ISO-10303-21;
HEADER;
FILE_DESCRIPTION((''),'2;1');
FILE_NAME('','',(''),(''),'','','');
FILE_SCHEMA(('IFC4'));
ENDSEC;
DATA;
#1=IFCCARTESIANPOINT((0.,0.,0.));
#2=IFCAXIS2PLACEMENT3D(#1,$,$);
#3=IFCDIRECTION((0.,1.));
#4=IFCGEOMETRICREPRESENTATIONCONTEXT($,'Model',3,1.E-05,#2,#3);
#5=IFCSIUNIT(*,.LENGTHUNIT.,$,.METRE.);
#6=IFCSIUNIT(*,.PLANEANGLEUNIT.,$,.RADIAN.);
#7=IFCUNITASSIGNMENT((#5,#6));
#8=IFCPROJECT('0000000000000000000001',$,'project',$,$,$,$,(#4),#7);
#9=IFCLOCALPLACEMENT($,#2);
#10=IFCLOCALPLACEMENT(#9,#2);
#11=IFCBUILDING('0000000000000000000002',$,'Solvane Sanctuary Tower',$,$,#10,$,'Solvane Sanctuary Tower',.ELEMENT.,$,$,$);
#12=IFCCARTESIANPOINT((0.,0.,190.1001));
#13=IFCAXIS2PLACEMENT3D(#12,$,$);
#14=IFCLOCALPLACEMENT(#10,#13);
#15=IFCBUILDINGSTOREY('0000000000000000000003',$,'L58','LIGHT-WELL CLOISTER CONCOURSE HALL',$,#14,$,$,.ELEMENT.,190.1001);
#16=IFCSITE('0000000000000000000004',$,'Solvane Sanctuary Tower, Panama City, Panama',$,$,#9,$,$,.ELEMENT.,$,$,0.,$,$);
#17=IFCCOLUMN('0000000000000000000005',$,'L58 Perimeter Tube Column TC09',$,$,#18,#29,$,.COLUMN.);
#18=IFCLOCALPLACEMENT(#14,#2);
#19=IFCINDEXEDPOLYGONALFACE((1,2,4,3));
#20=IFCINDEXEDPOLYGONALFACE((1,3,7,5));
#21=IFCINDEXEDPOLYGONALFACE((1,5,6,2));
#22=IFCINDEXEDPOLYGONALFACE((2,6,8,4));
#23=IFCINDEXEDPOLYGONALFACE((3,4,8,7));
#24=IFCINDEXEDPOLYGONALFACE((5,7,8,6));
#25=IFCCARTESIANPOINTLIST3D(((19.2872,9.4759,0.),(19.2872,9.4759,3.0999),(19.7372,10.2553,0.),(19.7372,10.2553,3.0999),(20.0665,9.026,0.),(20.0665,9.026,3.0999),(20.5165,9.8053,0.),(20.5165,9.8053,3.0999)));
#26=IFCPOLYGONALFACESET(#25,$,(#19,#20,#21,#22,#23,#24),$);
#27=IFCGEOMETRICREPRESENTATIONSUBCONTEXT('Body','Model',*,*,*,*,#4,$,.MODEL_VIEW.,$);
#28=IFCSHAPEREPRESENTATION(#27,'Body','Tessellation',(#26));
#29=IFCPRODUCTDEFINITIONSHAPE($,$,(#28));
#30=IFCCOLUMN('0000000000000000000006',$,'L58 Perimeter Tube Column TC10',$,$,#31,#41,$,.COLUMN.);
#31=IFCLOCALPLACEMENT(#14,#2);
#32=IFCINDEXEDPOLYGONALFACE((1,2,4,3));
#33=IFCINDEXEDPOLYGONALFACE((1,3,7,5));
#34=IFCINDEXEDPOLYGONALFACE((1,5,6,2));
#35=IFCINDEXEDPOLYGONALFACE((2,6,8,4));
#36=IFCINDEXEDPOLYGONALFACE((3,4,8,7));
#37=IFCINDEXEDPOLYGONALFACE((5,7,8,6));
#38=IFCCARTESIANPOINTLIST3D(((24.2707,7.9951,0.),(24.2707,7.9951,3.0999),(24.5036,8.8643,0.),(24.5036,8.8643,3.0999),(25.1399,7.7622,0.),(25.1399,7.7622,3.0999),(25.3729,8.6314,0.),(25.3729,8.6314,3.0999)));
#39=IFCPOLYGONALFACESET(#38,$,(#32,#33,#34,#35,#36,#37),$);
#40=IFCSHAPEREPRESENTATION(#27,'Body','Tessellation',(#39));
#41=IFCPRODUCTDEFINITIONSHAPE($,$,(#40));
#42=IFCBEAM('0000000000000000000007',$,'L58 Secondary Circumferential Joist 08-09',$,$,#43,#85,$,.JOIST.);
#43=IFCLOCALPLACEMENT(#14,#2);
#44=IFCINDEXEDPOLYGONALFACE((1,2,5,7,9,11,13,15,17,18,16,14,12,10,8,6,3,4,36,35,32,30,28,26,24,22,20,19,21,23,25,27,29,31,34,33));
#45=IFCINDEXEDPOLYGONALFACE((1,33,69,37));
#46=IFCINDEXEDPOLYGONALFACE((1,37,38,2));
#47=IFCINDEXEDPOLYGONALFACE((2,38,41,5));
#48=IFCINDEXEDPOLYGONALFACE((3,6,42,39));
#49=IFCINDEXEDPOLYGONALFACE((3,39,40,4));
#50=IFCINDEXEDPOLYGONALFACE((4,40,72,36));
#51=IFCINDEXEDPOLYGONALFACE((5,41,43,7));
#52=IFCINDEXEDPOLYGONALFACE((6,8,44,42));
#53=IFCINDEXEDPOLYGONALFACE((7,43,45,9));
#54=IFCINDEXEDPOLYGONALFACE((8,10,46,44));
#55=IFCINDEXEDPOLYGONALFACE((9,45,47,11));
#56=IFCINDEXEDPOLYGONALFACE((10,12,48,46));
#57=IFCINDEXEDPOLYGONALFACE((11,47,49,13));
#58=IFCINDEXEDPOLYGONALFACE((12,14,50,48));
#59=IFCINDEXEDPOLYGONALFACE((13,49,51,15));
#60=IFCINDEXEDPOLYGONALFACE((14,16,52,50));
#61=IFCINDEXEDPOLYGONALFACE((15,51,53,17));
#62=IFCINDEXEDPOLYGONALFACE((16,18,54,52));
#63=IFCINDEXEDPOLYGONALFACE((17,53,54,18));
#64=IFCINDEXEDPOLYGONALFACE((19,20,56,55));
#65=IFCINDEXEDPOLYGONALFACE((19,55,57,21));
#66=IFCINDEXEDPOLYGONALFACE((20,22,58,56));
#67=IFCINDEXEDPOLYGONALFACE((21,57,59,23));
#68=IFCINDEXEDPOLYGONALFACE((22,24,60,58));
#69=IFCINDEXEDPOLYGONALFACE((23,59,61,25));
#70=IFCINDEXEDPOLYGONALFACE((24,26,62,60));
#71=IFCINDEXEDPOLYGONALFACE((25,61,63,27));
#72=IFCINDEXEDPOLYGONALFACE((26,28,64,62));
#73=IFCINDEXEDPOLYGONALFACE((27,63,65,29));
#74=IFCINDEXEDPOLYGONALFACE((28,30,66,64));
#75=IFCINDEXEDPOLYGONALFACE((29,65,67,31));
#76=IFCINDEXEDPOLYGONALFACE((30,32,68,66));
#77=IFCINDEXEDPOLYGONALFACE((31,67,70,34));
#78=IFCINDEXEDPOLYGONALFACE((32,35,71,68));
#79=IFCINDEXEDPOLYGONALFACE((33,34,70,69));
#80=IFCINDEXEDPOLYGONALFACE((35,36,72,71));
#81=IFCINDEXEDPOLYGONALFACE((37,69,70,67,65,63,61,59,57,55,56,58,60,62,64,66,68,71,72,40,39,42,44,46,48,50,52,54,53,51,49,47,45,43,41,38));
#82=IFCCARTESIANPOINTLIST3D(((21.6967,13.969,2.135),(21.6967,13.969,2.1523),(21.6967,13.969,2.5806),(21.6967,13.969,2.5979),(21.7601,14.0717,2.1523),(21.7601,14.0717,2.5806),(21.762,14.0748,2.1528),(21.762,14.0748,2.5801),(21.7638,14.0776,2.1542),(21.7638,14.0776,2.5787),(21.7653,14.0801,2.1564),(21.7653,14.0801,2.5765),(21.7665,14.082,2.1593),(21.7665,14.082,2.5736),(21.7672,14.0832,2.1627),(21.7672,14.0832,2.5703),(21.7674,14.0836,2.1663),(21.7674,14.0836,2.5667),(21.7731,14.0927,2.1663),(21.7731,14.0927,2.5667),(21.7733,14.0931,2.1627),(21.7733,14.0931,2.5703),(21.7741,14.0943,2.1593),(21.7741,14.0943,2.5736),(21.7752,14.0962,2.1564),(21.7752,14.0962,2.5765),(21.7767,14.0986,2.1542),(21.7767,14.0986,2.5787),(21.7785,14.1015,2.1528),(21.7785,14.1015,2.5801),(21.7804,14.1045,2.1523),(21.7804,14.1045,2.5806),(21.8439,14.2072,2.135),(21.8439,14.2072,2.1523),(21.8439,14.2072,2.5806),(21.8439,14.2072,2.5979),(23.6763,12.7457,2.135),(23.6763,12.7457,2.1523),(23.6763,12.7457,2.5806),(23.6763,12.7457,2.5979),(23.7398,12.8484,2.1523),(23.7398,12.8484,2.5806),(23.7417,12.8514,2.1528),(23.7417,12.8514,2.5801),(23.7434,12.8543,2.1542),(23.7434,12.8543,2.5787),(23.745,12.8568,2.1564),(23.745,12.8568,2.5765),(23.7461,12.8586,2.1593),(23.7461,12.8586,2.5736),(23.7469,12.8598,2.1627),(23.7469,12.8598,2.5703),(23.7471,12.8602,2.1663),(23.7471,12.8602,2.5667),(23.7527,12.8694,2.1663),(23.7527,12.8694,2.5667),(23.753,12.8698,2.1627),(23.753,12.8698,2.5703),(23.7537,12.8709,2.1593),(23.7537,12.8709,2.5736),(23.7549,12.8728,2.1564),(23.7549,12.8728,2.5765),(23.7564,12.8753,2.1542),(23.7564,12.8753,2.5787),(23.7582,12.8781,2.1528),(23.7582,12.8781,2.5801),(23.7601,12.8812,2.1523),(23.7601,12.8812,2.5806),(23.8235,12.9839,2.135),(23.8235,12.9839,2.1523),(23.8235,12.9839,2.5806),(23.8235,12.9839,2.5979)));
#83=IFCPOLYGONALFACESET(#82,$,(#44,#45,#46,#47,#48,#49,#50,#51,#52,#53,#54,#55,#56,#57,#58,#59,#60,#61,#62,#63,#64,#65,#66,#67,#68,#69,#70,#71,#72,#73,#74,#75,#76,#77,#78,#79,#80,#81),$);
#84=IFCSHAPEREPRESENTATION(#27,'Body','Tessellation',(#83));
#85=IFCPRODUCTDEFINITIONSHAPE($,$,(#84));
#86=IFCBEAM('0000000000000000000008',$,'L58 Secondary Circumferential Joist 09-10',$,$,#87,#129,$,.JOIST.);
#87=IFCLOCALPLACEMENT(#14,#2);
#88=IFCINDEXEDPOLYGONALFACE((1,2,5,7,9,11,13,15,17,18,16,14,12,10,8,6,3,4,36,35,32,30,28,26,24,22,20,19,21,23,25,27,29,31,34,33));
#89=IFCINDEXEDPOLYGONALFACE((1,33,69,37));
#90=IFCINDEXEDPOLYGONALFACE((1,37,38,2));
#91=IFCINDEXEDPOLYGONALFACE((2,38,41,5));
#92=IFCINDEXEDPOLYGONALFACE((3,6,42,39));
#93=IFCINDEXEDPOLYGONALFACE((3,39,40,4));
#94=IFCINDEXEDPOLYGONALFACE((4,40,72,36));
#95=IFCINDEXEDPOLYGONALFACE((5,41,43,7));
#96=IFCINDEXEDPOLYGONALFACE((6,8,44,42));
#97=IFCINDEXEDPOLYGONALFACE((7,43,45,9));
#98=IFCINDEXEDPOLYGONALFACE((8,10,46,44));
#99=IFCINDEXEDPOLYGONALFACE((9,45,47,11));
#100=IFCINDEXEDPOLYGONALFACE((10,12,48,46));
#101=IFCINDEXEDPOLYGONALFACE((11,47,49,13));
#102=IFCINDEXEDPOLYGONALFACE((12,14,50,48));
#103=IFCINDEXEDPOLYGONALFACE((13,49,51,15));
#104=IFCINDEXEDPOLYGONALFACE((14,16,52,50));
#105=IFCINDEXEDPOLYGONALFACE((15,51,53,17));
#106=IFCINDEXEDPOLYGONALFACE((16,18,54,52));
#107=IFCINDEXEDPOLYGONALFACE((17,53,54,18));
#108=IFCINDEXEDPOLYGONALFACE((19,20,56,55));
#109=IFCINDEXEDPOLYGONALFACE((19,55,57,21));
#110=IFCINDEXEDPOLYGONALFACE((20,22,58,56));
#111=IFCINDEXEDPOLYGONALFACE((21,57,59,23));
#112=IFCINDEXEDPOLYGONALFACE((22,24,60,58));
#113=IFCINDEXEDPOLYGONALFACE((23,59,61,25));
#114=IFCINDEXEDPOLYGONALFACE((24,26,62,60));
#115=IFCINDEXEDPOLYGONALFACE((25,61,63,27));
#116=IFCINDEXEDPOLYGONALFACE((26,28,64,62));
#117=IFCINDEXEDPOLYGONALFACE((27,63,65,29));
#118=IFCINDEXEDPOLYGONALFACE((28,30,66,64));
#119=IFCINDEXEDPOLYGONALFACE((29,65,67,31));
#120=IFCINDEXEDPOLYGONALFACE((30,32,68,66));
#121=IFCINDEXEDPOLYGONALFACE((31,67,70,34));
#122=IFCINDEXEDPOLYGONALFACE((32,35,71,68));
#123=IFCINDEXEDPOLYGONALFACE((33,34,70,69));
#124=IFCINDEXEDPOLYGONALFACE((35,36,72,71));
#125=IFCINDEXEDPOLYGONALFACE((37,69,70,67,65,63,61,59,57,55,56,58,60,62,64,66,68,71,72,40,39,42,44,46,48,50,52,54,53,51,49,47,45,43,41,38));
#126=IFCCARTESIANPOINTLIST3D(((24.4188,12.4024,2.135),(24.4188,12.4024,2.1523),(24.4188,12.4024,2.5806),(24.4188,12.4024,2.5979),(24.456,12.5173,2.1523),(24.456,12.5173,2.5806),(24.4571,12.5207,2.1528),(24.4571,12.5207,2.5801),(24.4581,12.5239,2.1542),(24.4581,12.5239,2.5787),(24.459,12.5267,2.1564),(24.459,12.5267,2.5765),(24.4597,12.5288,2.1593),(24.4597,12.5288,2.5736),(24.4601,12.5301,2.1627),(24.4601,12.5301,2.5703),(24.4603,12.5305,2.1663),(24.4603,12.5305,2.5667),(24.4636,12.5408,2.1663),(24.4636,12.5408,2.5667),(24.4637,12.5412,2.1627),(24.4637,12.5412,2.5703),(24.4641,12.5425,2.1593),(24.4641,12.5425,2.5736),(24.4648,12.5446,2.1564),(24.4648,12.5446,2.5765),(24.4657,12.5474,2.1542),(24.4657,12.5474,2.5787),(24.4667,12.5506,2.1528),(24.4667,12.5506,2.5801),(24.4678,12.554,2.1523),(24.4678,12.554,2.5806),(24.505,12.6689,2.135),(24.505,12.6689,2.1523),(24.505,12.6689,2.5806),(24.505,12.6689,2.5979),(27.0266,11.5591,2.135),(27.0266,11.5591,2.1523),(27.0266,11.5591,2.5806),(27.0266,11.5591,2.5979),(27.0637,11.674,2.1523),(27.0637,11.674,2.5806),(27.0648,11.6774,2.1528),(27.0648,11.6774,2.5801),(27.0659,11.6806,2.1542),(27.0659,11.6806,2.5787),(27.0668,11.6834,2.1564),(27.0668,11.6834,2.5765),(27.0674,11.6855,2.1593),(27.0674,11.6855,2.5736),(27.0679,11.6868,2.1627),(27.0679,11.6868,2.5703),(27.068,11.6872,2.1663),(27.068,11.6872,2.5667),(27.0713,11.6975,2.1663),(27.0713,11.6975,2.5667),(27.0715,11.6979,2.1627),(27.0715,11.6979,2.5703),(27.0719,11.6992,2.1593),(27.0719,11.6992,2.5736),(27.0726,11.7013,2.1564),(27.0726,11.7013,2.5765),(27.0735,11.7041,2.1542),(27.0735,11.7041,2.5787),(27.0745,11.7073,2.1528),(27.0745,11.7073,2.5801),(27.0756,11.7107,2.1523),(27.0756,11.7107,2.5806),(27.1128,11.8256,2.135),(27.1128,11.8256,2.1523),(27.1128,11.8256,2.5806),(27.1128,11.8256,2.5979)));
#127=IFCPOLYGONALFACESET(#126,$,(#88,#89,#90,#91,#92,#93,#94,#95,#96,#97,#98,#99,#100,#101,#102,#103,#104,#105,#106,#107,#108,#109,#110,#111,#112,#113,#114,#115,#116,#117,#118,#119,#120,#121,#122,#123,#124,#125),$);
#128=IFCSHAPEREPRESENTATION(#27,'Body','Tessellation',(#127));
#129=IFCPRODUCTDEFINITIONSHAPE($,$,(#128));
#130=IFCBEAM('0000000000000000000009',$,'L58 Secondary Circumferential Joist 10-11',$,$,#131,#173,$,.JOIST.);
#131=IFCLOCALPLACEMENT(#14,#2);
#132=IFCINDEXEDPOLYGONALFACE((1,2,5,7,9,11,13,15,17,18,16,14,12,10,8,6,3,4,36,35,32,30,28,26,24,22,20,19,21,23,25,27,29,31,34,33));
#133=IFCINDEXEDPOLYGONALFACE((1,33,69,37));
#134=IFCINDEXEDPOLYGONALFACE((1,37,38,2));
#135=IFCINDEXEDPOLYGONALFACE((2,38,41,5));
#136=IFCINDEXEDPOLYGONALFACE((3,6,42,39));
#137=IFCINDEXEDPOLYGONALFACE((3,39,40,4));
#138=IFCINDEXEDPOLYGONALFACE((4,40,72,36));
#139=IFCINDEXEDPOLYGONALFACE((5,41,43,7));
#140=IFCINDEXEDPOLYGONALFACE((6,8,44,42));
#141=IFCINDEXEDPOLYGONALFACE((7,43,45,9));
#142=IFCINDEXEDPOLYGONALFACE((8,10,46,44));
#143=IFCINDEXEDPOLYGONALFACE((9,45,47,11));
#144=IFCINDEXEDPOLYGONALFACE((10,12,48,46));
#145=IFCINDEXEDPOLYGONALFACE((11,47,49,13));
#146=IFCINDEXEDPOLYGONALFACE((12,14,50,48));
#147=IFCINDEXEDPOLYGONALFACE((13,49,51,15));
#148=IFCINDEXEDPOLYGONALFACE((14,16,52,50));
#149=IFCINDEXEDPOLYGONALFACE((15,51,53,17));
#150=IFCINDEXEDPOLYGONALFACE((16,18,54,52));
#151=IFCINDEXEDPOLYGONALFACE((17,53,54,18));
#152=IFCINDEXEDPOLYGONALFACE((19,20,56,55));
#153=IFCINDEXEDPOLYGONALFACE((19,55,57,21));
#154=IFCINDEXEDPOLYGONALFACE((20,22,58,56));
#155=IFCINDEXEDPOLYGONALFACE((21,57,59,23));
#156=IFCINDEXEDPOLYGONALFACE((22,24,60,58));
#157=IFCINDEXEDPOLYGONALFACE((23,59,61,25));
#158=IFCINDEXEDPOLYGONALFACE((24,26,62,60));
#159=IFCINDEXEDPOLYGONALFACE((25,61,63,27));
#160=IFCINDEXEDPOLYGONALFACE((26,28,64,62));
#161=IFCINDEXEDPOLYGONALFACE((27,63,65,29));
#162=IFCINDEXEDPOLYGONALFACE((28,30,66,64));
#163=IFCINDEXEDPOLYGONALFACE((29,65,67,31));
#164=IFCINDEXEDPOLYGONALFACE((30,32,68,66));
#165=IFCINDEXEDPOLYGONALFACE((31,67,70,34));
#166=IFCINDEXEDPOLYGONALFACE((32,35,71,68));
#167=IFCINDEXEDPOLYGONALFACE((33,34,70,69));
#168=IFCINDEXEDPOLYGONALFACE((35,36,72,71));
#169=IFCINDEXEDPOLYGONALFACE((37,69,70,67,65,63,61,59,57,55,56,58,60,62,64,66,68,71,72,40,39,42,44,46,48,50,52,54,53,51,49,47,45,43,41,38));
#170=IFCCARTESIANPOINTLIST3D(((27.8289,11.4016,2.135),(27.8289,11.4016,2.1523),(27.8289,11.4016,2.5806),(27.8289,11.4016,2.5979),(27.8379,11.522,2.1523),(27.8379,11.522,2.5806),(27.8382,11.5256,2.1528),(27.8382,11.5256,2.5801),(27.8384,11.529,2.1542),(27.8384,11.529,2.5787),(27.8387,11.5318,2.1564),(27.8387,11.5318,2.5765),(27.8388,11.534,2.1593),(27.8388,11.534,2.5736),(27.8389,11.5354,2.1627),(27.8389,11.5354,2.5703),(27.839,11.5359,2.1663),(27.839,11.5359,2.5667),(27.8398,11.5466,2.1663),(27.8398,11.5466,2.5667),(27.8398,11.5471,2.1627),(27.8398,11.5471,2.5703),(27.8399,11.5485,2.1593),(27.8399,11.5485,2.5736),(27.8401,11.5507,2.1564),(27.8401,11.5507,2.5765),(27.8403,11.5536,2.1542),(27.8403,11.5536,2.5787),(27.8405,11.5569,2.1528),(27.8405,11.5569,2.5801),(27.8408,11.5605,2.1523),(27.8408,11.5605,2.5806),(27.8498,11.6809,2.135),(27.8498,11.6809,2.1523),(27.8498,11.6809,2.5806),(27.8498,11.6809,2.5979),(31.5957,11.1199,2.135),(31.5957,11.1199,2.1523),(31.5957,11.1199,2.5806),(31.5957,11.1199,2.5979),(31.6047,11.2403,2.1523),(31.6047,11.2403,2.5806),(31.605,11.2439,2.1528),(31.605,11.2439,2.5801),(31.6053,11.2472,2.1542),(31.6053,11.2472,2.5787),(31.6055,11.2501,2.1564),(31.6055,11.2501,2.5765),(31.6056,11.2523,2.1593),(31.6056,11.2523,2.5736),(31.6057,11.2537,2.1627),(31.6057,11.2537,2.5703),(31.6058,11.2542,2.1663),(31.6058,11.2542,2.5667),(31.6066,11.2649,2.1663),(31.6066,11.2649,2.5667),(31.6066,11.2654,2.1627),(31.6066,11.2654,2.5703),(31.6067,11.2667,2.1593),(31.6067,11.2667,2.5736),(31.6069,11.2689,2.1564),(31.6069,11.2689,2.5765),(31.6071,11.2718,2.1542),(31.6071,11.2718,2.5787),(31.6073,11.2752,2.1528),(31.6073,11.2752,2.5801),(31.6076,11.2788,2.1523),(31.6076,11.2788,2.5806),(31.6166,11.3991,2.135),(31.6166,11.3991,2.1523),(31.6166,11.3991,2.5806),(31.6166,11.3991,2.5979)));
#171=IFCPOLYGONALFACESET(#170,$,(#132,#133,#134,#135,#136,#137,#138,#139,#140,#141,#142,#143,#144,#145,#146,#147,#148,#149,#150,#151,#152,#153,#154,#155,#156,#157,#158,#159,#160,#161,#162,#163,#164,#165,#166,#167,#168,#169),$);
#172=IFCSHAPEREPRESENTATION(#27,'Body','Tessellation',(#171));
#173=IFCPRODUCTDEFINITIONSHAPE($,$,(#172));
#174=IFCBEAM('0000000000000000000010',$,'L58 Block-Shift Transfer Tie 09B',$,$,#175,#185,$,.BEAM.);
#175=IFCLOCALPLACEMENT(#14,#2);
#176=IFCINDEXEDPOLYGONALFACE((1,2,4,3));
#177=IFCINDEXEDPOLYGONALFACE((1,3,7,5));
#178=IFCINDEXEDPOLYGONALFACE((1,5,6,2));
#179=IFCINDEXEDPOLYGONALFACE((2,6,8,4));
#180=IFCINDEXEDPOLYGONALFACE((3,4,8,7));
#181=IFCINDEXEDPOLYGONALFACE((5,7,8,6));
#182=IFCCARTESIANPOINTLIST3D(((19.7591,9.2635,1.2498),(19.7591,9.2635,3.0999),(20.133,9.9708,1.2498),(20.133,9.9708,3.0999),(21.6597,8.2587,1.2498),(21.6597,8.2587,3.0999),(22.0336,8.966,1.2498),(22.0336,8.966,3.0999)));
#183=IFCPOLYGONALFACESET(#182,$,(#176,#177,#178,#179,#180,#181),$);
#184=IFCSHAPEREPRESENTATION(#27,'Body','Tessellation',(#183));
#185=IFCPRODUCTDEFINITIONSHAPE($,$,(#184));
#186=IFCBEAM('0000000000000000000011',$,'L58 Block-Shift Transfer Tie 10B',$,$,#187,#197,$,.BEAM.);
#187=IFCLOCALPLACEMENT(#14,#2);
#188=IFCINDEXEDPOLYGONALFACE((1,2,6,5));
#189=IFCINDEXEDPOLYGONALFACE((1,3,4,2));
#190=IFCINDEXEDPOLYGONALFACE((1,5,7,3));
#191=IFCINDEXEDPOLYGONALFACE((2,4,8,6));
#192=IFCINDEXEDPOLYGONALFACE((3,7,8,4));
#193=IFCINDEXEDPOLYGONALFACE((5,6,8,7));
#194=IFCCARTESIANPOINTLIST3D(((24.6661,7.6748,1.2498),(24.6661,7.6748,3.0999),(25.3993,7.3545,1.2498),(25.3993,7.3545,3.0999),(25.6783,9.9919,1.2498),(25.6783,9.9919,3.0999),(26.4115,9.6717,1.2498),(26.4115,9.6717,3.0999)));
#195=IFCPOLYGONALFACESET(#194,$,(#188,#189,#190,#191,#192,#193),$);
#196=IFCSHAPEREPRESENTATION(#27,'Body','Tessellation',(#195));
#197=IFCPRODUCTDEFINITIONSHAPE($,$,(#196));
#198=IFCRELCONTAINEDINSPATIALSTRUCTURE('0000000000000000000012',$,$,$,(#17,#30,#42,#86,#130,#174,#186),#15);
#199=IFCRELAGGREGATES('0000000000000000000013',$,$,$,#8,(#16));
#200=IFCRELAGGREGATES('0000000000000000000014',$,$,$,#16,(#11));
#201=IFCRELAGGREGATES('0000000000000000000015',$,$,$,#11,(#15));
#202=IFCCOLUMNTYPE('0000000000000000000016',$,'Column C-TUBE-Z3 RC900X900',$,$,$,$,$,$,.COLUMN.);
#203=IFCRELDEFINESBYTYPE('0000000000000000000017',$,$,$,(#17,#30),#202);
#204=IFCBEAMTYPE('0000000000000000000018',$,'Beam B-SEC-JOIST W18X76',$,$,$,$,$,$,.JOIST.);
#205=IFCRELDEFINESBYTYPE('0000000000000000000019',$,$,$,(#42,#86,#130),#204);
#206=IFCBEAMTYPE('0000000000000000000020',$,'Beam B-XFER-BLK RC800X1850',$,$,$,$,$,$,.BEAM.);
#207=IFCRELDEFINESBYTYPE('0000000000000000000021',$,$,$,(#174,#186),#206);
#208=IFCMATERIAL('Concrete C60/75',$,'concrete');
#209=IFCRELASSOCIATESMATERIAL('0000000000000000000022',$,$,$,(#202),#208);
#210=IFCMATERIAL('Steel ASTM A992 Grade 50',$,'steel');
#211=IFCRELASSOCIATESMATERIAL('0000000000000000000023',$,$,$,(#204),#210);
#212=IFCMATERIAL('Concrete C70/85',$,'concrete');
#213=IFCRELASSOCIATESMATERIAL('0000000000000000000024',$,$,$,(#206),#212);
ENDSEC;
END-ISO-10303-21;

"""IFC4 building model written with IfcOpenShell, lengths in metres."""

from ifc_helpers import new_model, si_unit, direction, frame, origin, origin_2d, place, context, subcontext, project, spatial, rectangle, i_section, extrude, material, material_profile, profile_set, type_object, element, save


model = new_model("IFC4")

# Units and contexts
model_context = context("Model", 3, precision=1e-05, world=origin(), true_north=direction((0.0, 1.0)))
body_context = subcontext(model_context, "Body", "Model", "MODEL_VIEW")
ifc_project = project(units=[si_unit("LENGTHUNIT", "METRE"), si_unit("PLANEANGLEUNIT", "RADIAN")], contexts=[model_context])

# Site, building, storey
site_placement = place(None, origin())
site = spatial("IfcSite", under=ifc_project, at=site_placement, Name="Solvane Sanctuary Tower, Panama City, Panama", CompositionType="ELEMENT", RefElevation=0.0)
building_placement = place(site_placement, origin())
building = spatial("IfcBuilding", under=site, at=building_placement, Name="Solvane Sanctuary Tower", LongName="Solvane Sanctuary Tower", CompositionType="ELEMENT")
storey_placement = place(building_placement, frame((0.0, 0.0, 190.1001)))
storey = spatial("IfcBuildingStorey", under=building, at=storey_placement, Name="L58", Description="LIGHT-WELL CLOISTER CONCOURSE HALL", CompositionType="ELEMENT", Elevation=190.1001)

# Columns
ifc_material_1 = material(Name="Concrete C60/75", Category="concrete")
ifc_material_profile_1 = material_profile(ifc_material_1, rectangle(XDim=0.8999, YDim=0.8999, at=origin_2d()), Name="RC900X900")
ifc_profile_set_1 = profile_set([ifc_material_profile_1], Name="Concrete C60/75")
column_type = type_object("IfcColumnType", Name="Column C-TUBE-Z3 RC900X900", PredefinedType="COLUMN", material=ifc_profile_set_1)
for number, where, z_axis, x_axis, name in (
    (1, (19.9019, 9.6406, 0.0), (0.0, 0.0, 1.0), (-0.5, -0.866025, 0.0), "L58 Perimeter Tube Column TC09"),
    (2, (24.8218, 8.3132, 0.0), (0.0, 0.0, 1.0), (-0.258819, -0.965926, 0.0), "L58 Perimeter Tube Column TC10"),
):
    element("IfcColumn", number, at=place(storey_placement, frame(where, z_axis=z_axis, x_axis=x_axis)), inside=storey, type_object=column_type, Name=name, PredefinedType="COLUMN", context=body_context, shape_type="SweptSolid", body=[
        extrude(rectangle(XDim=0.8999, YDim=0.8999, at=origin_2d()), origin(), (0.0, 0.0, 1.0), 3.0999),
    ])

# Beams
ifc_material_2 = material(Name="Steel ASTM A992 Grade 50", Category="steel")
ifc_material_profile_2 = material_profile(ifc_material_2, i_section(OverallWidth=0.28, OverallDepth=0.4629, WebThickness=0.0107, FlangeThickness=0.0173, FilletRadius=0.0139, at=origin_2d()), Name="W18X76")
ifc_profile_set_2 = profile_set([ifc_material_profile_2], Name="Steel ASTM A992 Grade 50")
beam_type_1 = type_object("IfcBeamType", Name="Beam B-SEC-JOIST W18X76", PredefinedType="JOIST", material=ifc_profile_set_2)
beam_1_placement = place(storey_placement, frame((21.7703, 14.0881, 2.3665), z_axis=(0.850681, -0.525683, 0.0), x_axis=(0.525683, 0.850681, 0.0)))
element("IfcBeam", 3, at=beam_1_placement, inside=storey, type_object=beam_type_1, Name="L58 Secondary Circumferential Joist 08-09", PredefinedType="JOIST", context=body_context, shape_type="SweptSolid", body=[
    extrude(i_section(OverallWidth=0.28, OverallDepth=0.4629, WebThickness=0.0107, FlangeThickness=0.0173, FilletRadius=0.0139, at=origin_2d()), origin(), (0.0, 0.0, 1.0), 2.3271),
])
beam_2_placement = place(storey_placement, frame((24.4619, 12.5356, 2.3665), z_axis=(0.951487, -0.30769, 0.0), x_axis=(0.30769, 0.951487, 0.0)))
element("IfcBeam", 4, at=beam_2_placement, inside=storey, type_object=beam_type_1, Name="L58 Secondary Circumferential Joist 09-10", PredefinedType="JOIST", context=body_context, shape_type="SweptSolid", body=[
    extrude(i_section(OverallWidth=0.28, OverallDepth=0.4629, WebThickness=0.0107, FlangeThickness=0.0173, FilletRadius=0.0139, at=origin_2d()), origin(), (0.0, 0.0, 1.0), 2.7407),
])
beam_3_placement = place(storey_placement, frame((27.8394, 11.5413, 2.3665), z_axis=(0.997215, -0.074586, 0.0), x_axis=(0.074586, 0.997215, 0.0)))
element("IfcBeam", 5, at=beam_3_placement, inside=storey, type_object=beam_type_1, Name="L58 Secondary Circumferential Joist 10-11", PredefinedType="JOIST", context=body_context, shape_type="SweptSolid", body=[
    extrude(i_section(OverallWidth=0.28, OverallDepth=0.4629, WebThickness=0.0107, FlangeThickness=0.0173, FilletRadius=0.0139, at=origin_2d()), origin(), (0.0, 0.0, 1.0), 3.7773),
])
ifc_material_3 = material(Name="Concrete C70/85", Category="concrete")
ifc_material_profile_3 = material_profile(ifc_material_3, rectangle(XDim=0.8, YDim=1.8501, at=origin_2d()), Name="RC800X1850")
ifc_profile_set_3 = profile_set([ifc_material_profile_3], Name="Concrete C70/85")
beam_type_2 = type_object("IfcBeamType", Name="Beam B-XFER-BLK RC800X1850", PredefinedType="BEAM", material=ifc_profile_set_3)
beam_4_placement = place(storey_placement, frame((19.946, 9.6172, 2.1748), z_axis=(0.884045, -0.467402, 0.0), x_axis=(0.467402, 0.884045, 0.0)))
element("IfcBeam", 6, at=beam_4_placement, inside=storey, type_object=beam_type_2, Name="L58 Block-Shift Transfer Tie 09B", PredefinedType="BEAM", context=body_context, shape_type="SweptSolid", body=[
    extrude(rectangle(XDim=0.8, YDim=1.8501, at=origin_2d()), origin(), (0.0, 0.0, 1.0), 2.1499),
])
beam_5_placement = place(storey_placement, frame((26.0449, 9.8318, 2.1748), z_axis=(-0.400307, -0.916381, 0.0), x_axis=(0.916381, -0.400307, 0.0)))
element("IfcBeam", 7, at=beam_5_placement, inside=storey, type_object=beam_type_2, Name="L58 Block-Shift Transfer Tie 10B", PredefinedType="BEAM", context=body_context, shape_type="SweptSolid", body=[
    extrude(rectangle(XDim=0.8, YDim=1.8501, at=origin_2d()), origin(), (0.0, 0.0, 1.0), 2.5286),
])

save(model, "model.ifc")
